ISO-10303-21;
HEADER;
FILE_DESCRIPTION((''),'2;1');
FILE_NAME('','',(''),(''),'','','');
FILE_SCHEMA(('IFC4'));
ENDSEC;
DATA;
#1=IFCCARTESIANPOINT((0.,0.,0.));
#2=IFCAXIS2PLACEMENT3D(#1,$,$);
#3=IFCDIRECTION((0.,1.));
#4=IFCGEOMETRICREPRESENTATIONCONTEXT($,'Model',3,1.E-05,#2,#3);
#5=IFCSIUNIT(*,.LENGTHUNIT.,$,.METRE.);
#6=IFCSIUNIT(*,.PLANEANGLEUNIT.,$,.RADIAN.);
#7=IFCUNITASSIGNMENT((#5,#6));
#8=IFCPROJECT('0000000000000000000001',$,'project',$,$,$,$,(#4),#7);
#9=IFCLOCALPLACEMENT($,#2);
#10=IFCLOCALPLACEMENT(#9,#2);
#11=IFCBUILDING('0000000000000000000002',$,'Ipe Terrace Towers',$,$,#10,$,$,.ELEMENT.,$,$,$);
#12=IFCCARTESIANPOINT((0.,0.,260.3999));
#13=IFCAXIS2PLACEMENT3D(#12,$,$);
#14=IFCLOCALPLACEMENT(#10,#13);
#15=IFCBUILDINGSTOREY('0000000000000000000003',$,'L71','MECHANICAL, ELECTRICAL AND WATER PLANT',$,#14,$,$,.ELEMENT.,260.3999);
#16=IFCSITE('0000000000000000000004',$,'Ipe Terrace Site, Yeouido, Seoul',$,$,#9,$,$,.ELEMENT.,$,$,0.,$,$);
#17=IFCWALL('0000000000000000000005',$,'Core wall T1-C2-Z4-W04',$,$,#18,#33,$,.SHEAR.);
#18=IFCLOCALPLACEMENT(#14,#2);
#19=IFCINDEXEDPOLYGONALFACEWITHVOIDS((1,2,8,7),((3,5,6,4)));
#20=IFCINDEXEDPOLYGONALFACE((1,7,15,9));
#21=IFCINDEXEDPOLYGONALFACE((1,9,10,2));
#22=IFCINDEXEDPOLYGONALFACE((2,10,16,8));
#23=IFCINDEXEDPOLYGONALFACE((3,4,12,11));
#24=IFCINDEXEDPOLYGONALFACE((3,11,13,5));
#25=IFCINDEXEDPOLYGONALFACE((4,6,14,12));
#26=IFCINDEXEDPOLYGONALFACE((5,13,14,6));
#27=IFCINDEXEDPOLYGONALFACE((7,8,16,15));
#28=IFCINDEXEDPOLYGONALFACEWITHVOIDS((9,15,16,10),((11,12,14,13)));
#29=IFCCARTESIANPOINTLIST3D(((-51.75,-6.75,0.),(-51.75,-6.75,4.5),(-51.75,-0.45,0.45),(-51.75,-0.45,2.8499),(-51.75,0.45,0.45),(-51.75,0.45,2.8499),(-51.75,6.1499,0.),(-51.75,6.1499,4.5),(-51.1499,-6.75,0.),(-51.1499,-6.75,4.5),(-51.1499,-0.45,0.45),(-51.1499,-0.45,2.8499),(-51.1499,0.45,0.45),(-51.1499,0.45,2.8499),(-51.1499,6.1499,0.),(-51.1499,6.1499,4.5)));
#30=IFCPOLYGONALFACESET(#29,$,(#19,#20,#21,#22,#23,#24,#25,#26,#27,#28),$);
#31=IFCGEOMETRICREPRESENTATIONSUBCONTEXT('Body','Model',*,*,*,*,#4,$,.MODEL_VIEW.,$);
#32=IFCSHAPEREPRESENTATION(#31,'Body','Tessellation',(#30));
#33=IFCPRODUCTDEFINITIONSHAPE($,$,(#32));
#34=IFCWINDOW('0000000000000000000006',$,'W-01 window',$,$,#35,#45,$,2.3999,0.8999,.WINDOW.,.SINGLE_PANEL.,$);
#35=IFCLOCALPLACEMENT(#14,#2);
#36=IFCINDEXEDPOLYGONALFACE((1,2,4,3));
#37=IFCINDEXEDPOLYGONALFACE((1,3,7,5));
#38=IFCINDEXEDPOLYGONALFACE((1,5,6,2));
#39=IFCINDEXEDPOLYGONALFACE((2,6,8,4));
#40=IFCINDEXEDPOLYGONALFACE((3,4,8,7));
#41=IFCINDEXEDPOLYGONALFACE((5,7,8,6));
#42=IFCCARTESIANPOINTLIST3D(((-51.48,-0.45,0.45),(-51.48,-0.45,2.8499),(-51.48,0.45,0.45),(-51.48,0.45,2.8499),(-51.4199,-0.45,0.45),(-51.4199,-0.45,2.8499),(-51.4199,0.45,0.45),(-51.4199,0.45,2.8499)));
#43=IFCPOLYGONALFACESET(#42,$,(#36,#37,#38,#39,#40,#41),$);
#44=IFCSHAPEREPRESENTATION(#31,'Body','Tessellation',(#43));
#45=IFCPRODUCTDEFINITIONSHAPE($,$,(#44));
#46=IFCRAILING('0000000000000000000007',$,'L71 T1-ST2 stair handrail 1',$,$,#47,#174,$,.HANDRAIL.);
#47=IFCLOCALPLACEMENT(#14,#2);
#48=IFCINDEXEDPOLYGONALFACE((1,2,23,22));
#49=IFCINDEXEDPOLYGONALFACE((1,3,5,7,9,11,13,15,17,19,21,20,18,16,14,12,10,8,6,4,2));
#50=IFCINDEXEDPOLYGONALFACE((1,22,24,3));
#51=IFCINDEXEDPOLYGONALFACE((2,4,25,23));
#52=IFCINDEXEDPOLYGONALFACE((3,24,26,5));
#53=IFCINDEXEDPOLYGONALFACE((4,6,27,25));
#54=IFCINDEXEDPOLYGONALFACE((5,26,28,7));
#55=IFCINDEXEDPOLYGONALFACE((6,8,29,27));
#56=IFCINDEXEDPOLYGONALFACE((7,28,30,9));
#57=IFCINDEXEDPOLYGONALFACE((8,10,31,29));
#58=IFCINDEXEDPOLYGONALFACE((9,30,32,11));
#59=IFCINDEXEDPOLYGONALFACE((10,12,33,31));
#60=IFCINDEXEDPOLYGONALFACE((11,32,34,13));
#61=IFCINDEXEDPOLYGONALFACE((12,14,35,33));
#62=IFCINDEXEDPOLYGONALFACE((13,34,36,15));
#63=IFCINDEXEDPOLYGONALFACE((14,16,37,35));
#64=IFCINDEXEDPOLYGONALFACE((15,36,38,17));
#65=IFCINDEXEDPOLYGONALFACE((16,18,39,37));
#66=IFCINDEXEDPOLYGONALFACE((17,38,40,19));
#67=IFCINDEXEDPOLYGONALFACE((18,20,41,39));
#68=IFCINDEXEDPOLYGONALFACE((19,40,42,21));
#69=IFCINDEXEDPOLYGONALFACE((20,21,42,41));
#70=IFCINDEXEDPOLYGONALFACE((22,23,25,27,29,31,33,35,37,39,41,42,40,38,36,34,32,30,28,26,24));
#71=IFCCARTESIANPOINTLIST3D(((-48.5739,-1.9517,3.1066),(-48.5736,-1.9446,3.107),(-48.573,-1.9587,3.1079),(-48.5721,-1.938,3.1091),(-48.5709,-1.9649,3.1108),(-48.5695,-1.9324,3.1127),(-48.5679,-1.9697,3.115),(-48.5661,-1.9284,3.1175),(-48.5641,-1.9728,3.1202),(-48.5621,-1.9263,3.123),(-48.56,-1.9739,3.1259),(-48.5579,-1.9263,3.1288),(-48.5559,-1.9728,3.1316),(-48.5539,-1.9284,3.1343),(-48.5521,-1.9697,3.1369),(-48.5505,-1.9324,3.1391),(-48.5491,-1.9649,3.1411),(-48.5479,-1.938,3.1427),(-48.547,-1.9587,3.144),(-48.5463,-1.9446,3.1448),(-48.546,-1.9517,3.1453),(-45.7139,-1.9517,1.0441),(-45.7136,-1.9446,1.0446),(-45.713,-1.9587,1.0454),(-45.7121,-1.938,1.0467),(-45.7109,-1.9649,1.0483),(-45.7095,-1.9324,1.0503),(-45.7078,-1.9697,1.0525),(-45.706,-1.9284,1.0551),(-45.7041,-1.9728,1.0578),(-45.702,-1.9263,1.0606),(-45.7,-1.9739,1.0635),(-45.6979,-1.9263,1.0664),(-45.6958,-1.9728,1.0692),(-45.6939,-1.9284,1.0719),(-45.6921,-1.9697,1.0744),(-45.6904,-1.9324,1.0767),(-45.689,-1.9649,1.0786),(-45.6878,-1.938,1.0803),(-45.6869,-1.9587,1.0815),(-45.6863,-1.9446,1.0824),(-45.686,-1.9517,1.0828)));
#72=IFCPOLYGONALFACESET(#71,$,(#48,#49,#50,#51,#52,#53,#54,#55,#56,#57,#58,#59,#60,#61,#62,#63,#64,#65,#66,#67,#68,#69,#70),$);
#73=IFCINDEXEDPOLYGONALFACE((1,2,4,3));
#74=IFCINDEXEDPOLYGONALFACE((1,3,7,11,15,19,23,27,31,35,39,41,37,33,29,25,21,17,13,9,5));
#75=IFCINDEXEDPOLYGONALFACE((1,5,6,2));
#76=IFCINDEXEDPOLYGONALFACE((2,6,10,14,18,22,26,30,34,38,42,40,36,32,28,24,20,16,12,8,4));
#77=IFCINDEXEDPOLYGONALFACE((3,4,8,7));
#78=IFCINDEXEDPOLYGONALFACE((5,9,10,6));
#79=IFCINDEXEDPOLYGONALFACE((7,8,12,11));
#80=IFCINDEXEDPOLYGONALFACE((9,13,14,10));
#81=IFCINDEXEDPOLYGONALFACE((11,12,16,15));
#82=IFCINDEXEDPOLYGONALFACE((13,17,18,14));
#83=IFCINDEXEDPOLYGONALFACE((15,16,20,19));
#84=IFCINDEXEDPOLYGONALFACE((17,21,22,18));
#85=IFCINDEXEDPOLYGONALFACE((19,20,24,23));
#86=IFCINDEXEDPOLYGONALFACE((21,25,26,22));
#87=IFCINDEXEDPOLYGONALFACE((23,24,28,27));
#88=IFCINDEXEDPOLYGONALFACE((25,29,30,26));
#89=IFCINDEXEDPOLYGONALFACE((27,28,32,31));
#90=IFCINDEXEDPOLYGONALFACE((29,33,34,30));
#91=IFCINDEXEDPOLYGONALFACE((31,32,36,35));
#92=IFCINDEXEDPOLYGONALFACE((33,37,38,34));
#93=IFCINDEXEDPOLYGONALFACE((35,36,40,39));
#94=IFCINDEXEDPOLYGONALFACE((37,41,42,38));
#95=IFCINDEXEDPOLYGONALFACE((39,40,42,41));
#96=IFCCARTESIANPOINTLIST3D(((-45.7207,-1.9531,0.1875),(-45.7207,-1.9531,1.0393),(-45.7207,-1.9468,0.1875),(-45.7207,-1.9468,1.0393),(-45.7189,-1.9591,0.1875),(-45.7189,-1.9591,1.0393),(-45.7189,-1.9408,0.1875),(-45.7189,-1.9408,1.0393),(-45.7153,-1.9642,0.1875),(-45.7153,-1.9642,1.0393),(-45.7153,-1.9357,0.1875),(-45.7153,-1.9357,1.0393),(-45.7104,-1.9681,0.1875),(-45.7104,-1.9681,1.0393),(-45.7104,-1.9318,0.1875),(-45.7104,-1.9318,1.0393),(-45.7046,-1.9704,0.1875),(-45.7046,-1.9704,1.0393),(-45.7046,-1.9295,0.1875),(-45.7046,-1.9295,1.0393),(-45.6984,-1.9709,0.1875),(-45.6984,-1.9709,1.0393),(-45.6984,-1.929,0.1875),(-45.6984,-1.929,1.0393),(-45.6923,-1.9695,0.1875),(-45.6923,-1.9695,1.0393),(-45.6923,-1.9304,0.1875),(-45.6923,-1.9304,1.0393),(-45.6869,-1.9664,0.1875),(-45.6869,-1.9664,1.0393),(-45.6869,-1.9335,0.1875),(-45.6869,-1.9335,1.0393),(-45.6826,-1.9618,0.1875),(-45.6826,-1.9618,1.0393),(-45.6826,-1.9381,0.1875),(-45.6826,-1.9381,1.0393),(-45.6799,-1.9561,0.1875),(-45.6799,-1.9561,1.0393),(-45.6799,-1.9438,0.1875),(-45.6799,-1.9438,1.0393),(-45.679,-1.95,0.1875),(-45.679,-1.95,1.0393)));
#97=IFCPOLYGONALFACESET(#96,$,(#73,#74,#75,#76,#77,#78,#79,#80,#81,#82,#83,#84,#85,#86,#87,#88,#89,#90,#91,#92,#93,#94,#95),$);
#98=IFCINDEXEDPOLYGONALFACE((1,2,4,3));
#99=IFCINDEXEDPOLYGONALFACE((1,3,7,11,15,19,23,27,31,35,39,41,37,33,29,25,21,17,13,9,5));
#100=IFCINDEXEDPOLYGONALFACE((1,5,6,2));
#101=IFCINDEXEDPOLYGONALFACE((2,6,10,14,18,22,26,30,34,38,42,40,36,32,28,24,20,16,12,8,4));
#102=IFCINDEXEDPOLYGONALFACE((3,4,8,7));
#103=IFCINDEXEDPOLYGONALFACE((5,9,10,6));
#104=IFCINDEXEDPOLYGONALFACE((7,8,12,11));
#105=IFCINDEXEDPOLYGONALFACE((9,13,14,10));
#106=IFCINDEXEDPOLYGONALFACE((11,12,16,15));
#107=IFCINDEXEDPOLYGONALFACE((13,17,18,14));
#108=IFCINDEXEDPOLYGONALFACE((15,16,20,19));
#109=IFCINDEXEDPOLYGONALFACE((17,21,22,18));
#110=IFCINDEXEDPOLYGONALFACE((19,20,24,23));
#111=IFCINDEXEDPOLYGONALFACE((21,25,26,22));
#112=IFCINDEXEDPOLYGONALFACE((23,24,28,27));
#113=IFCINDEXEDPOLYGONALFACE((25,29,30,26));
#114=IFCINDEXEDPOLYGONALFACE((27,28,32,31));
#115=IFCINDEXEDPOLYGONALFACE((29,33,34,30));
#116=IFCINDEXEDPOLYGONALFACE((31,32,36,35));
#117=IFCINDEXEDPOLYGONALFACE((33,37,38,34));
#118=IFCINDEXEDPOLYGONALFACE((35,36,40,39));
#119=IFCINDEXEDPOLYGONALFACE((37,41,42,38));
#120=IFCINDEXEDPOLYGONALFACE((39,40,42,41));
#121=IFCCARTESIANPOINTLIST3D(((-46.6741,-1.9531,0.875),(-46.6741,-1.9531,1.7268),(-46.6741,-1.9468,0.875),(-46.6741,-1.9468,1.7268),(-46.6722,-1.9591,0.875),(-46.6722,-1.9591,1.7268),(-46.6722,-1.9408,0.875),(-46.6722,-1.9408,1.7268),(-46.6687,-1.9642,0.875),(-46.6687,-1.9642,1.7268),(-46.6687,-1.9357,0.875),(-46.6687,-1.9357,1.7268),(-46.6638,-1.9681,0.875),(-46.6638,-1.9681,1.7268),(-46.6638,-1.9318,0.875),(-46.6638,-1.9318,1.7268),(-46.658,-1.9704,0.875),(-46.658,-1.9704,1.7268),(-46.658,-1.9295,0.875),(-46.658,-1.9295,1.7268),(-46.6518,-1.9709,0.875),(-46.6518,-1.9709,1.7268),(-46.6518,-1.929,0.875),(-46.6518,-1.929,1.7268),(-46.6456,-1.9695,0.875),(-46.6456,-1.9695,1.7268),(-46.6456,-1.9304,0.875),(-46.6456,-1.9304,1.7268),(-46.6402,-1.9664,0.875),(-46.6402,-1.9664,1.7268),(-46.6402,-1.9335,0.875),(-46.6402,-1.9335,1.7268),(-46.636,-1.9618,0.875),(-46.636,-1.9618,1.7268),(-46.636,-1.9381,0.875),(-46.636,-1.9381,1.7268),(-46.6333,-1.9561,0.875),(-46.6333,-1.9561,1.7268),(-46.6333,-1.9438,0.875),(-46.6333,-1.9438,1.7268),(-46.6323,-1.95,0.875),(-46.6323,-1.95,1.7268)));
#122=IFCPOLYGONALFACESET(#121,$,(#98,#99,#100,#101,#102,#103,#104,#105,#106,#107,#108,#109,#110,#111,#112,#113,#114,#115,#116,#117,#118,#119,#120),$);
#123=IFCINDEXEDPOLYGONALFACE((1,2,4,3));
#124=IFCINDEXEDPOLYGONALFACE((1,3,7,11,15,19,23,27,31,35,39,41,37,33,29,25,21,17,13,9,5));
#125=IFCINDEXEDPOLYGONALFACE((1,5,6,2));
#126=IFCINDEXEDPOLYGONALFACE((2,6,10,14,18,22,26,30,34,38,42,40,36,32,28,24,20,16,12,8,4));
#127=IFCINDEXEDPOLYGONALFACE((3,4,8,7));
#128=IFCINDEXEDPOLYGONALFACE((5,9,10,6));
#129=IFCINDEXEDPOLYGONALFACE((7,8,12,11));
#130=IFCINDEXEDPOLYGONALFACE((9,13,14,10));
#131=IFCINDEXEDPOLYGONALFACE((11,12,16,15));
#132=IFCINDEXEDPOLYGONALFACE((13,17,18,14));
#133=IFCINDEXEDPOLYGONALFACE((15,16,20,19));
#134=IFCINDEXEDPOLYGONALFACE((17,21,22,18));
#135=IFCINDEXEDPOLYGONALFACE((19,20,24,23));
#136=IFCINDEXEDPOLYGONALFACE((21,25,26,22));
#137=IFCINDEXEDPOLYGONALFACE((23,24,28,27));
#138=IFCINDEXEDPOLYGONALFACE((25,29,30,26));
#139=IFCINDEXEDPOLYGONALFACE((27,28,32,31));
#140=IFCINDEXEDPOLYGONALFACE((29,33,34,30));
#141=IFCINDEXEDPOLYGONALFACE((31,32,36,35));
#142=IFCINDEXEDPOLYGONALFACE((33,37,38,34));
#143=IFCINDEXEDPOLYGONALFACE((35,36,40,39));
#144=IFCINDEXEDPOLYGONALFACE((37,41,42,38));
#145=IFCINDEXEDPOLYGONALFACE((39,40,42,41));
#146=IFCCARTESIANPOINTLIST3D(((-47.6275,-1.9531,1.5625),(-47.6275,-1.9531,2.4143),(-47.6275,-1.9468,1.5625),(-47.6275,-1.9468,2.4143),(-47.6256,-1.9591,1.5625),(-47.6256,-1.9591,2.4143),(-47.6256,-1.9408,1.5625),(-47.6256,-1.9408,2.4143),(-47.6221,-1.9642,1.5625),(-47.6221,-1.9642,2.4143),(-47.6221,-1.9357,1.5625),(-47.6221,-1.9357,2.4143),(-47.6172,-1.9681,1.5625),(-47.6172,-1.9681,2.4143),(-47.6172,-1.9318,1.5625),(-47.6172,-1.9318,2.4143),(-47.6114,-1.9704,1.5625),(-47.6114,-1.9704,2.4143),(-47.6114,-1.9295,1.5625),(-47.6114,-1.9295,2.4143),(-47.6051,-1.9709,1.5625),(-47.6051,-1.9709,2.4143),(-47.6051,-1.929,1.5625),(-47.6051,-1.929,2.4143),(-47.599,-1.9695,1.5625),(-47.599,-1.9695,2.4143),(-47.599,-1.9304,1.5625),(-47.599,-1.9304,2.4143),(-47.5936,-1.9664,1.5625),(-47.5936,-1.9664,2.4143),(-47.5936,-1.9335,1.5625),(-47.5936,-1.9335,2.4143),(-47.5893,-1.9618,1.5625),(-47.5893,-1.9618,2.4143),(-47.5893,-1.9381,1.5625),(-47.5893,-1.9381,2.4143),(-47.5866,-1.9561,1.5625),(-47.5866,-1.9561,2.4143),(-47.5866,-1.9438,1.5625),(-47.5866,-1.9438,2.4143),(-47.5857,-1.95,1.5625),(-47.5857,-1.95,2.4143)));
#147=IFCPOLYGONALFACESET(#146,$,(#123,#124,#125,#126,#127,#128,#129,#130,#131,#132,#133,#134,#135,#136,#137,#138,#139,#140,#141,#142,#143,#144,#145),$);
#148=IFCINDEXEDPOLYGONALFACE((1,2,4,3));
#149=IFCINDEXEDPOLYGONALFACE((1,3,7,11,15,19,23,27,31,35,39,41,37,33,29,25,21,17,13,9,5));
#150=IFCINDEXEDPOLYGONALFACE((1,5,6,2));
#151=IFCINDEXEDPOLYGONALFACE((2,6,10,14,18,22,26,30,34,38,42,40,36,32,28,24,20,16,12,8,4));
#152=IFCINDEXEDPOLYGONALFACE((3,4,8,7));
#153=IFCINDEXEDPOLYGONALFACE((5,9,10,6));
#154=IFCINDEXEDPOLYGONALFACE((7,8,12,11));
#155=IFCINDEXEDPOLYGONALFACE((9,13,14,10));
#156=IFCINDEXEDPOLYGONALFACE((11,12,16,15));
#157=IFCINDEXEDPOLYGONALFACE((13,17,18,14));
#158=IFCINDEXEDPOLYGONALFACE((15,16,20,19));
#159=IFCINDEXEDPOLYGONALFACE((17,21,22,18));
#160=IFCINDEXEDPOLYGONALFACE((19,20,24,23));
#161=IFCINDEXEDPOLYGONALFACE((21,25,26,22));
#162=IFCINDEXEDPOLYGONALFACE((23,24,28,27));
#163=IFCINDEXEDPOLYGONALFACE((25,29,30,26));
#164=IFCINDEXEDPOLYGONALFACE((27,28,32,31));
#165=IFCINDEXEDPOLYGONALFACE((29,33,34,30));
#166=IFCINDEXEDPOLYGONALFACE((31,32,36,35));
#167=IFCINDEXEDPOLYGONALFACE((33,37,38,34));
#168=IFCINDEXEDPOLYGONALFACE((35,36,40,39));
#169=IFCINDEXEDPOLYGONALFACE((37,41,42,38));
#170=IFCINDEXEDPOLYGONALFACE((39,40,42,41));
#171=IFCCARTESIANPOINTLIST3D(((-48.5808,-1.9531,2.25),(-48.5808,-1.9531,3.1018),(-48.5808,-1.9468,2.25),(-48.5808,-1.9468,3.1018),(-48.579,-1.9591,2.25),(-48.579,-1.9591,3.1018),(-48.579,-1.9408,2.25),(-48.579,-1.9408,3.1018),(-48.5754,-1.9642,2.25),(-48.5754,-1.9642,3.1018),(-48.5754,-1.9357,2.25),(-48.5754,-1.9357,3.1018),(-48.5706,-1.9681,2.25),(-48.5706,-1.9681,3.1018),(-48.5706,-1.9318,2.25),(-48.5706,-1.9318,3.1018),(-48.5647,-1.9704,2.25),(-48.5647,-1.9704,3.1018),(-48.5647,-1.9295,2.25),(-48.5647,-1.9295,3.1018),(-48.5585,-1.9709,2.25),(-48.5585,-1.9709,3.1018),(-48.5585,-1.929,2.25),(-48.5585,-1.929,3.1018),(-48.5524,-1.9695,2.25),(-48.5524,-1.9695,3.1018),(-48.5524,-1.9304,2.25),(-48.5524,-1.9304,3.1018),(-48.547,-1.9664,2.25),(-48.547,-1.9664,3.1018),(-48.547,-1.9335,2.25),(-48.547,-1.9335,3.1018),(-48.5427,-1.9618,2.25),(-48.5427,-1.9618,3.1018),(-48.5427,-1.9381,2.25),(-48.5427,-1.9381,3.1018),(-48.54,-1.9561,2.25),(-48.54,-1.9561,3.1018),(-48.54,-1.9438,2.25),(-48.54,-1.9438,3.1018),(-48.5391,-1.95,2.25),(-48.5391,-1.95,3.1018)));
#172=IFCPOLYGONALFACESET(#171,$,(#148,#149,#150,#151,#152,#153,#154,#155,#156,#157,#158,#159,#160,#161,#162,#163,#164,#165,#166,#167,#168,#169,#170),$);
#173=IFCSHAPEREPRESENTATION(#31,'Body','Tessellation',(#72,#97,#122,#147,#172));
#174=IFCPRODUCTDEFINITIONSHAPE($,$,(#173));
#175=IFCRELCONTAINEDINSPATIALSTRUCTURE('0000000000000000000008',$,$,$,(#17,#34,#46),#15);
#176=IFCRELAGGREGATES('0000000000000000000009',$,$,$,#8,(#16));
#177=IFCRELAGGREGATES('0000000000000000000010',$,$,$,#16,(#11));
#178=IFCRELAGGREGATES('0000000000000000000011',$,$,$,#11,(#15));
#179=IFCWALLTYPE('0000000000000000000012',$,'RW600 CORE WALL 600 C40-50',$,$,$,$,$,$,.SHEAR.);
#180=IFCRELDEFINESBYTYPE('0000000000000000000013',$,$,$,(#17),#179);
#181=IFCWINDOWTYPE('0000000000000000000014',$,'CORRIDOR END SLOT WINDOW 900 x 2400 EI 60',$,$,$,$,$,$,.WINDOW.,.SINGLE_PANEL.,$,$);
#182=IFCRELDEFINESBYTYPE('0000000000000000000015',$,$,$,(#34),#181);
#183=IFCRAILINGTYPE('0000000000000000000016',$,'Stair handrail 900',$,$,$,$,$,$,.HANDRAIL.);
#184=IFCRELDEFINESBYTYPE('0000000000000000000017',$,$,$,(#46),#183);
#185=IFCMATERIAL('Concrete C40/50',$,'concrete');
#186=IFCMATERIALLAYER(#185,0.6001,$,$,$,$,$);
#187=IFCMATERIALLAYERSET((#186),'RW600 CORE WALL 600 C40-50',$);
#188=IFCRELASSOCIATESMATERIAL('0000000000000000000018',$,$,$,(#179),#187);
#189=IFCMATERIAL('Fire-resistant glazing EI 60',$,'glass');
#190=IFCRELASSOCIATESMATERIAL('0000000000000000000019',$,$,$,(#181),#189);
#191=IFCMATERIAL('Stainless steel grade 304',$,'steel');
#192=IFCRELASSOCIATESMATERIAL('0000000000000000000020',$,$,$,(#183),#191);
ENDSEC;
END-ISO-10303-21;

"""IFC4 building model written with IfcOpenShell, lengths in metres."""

from ifc_helpers import new_model, si_unit, direction, frame, frame_2d, origin, origin_2d, place, context, subcontext, project, spatial, rectangle, circle, extrude, material, layer, layer_set, type_object, element, fill, save


model = new_model("IFC4")

# Units and contexts
model_context = context("Model", 3, precision=1e-05, world=origin(), true_north=direction((0.0, 1.0)))
body_context = subcontext(model_context, "Body", "Model", "MODEL_VIEW")
ifc_project = project(units=[si_unit("LENGTHUNIT", "METRE"), si_unit("PLANEANGLEUNIT", "RADIAN")], contexts=[model_context])

# Site, building, storey
site_placement = place(None, origin())
site = spatial("IfcSite", under=ifc_project, at=site_placement, Name="Ipe Terrace Site, Yeouido, Seoul", CompositionType="ELEMENT", RefElevation=0.0)
building_placement = place(site_placement, origin())
building = spatial("IfcBuilding", under=site, at=building_placement, Name="Ipe Terrace Towers", CompositionType="ELEMENT")
storey_placement = place(building_placement, frame((0.0, 0.0, 260.3999)))
storey = spatial("IfcBuildingStorey", under=building, at=storey_placement, Name="L71", Description="MECHANICAL, ELECTRICAL AND WATER PLANT", CompositionType="ELEMENT", Elevation=260.3999)

# Shared definitions
ifc_material_1 = material(Name="Concrete C40/50", Category="concrete")
ifc_layer_1 = layer(ifc_material_1, 0.6001)
ifc_layer_set_1 = layer_set([ifc_layer_1], Name="RW600 CORE WALL 600 C40-50")
wall_type_1 = type_object("IfcWallType", Name="RW600 CORE WALL 600 C40-50", PredefinedType="SHEAR", material=ifc_layer_set_1)

# Wall, opening, window
wall_1_placement = place(storey_placement, frame((-51.45, 6.1499, 0.0), z_axis=(0.0, 0.0, 1.0), x_axis=(0.0, -1.0, 0.0)))
wall_1 = element("IfcWall", 1, at=wall_1_placement, inside=storey, type_object=wall_type_1, Name="Core wall T1-C2-Z4-W04", PredefinedType="SHEAR", context=body_context, shape_type="SweptSolid", body=[
    extrude(rectangle(XDim=12.8999, YDim=0.6001, at=frame_2d((6.45, 0.0))), origin(), (0.0, 0.0, 1.0), 4.5),
])
opening_1_placement = place(wall_1_placement, frame((5.7, 0.0, 0.45)))
opening_1 = element("IfcOpeningElement", 2, at=opening_1_placement, cuts=wall_1, PredefinedType="OPENING", context=body_context, shape_type="SweptSolid", body=[
    extrude(rectangle(XDim=0.8999, YDim=2.3999, at=frame_2d((0.45, 1.2))), frame((0.0, 0.3101, 0.0), z_axis=(0.0, -1.0, 0.0), x_axis=(1.0, 0.0, 0.0)), (0.0, 0.0, 1.0), 0.6201),
])
ifc_material_2 = material(Name="Fire-resistant glazing EI 60", Category="glass")
window_type = type_object("IfcWindowType", Name="CORRIDOR END SLOT WINDOW 900 x 2400 EI 60", PartitioningType="SINGLE_PANEL", PredefinedType="WINDOW", material=ifc_material_2)
window_placement = place(opening_1_placement, origin())
window = element("IfcWindow", 3, at=window_placement, inside=storey, type_object=window_type, Name="W-01 window", OverallHeight=2.3999, OverallWidth=0.8999, PartitioningType="SINGLE_PANEL", PredefinedType="WINDOW", context=body_context, shape_type="SweptSolid", body=[
    extrude(rectangle(XDim=0.8999, YDim=2.3999, at=frame_2d((0.45, 1.2))), frame((0.0, 0.03, 0.0), z_axis=(0.0, -1.0, 0.0), x_axis=(1.0, 0.0, 0.0)), (0.0, 0.0, 1.0), 0.0601),
])
fill(opening_1, window)

# Railing
ifc_material_3 = material(Name="Stainless steel grade 304", Category="steel")
railing_type_1 = type_object("IfcRailingType", Name="Stair handrail 900", PredefinedType="HANDRAIL", material=ifc_material_3)
railing_1_placement = place(storey_placement, frame((-45.7, -1.95, 0.1875)))
element("IfcRailing", 4, at=railing_1_placement, inside=storey, type_object=railing_type_1, Name="L71 T1-ST2 stair handrail 1", PredefinedType="HANDRAIL", context=body_context, shape_type="SweptSolid", body=[
    extrude(circle(Radius=0.0239, at=origin_2d()), frame((0.0, 0.0, 0.876), z_axis=(-0.811101, 0.0, 0.584906), x_axis=(0.0, -1.0, 0.0)), (0.0, 0.0, 1.0), 3.5261),
    extrude(circle(Radius=0.021, at=origin_2d()), origin(), (0.0, 0.0, 1.0), 0.8518),
    extrude(circle(Radius=0.021, at=origin_2d()), frame((-0.9534, 0.0, 0.6875)), (0.0, 0.0, 1.0), 0.8518),
    extrude(circle(Radius=0.021, at=origin_2d()), frame((-1.9067, 0.0, 1.375)), (0.0, 0.0, 1.0), 0.8518),
    extrude(circle(Radius=0.021, at=origin_2d()), frame((-2.8601, 0.0, 2.0625)), (0.0, 0.0, 1.0), 0.8518),
])

save(model, "model.ifc")
